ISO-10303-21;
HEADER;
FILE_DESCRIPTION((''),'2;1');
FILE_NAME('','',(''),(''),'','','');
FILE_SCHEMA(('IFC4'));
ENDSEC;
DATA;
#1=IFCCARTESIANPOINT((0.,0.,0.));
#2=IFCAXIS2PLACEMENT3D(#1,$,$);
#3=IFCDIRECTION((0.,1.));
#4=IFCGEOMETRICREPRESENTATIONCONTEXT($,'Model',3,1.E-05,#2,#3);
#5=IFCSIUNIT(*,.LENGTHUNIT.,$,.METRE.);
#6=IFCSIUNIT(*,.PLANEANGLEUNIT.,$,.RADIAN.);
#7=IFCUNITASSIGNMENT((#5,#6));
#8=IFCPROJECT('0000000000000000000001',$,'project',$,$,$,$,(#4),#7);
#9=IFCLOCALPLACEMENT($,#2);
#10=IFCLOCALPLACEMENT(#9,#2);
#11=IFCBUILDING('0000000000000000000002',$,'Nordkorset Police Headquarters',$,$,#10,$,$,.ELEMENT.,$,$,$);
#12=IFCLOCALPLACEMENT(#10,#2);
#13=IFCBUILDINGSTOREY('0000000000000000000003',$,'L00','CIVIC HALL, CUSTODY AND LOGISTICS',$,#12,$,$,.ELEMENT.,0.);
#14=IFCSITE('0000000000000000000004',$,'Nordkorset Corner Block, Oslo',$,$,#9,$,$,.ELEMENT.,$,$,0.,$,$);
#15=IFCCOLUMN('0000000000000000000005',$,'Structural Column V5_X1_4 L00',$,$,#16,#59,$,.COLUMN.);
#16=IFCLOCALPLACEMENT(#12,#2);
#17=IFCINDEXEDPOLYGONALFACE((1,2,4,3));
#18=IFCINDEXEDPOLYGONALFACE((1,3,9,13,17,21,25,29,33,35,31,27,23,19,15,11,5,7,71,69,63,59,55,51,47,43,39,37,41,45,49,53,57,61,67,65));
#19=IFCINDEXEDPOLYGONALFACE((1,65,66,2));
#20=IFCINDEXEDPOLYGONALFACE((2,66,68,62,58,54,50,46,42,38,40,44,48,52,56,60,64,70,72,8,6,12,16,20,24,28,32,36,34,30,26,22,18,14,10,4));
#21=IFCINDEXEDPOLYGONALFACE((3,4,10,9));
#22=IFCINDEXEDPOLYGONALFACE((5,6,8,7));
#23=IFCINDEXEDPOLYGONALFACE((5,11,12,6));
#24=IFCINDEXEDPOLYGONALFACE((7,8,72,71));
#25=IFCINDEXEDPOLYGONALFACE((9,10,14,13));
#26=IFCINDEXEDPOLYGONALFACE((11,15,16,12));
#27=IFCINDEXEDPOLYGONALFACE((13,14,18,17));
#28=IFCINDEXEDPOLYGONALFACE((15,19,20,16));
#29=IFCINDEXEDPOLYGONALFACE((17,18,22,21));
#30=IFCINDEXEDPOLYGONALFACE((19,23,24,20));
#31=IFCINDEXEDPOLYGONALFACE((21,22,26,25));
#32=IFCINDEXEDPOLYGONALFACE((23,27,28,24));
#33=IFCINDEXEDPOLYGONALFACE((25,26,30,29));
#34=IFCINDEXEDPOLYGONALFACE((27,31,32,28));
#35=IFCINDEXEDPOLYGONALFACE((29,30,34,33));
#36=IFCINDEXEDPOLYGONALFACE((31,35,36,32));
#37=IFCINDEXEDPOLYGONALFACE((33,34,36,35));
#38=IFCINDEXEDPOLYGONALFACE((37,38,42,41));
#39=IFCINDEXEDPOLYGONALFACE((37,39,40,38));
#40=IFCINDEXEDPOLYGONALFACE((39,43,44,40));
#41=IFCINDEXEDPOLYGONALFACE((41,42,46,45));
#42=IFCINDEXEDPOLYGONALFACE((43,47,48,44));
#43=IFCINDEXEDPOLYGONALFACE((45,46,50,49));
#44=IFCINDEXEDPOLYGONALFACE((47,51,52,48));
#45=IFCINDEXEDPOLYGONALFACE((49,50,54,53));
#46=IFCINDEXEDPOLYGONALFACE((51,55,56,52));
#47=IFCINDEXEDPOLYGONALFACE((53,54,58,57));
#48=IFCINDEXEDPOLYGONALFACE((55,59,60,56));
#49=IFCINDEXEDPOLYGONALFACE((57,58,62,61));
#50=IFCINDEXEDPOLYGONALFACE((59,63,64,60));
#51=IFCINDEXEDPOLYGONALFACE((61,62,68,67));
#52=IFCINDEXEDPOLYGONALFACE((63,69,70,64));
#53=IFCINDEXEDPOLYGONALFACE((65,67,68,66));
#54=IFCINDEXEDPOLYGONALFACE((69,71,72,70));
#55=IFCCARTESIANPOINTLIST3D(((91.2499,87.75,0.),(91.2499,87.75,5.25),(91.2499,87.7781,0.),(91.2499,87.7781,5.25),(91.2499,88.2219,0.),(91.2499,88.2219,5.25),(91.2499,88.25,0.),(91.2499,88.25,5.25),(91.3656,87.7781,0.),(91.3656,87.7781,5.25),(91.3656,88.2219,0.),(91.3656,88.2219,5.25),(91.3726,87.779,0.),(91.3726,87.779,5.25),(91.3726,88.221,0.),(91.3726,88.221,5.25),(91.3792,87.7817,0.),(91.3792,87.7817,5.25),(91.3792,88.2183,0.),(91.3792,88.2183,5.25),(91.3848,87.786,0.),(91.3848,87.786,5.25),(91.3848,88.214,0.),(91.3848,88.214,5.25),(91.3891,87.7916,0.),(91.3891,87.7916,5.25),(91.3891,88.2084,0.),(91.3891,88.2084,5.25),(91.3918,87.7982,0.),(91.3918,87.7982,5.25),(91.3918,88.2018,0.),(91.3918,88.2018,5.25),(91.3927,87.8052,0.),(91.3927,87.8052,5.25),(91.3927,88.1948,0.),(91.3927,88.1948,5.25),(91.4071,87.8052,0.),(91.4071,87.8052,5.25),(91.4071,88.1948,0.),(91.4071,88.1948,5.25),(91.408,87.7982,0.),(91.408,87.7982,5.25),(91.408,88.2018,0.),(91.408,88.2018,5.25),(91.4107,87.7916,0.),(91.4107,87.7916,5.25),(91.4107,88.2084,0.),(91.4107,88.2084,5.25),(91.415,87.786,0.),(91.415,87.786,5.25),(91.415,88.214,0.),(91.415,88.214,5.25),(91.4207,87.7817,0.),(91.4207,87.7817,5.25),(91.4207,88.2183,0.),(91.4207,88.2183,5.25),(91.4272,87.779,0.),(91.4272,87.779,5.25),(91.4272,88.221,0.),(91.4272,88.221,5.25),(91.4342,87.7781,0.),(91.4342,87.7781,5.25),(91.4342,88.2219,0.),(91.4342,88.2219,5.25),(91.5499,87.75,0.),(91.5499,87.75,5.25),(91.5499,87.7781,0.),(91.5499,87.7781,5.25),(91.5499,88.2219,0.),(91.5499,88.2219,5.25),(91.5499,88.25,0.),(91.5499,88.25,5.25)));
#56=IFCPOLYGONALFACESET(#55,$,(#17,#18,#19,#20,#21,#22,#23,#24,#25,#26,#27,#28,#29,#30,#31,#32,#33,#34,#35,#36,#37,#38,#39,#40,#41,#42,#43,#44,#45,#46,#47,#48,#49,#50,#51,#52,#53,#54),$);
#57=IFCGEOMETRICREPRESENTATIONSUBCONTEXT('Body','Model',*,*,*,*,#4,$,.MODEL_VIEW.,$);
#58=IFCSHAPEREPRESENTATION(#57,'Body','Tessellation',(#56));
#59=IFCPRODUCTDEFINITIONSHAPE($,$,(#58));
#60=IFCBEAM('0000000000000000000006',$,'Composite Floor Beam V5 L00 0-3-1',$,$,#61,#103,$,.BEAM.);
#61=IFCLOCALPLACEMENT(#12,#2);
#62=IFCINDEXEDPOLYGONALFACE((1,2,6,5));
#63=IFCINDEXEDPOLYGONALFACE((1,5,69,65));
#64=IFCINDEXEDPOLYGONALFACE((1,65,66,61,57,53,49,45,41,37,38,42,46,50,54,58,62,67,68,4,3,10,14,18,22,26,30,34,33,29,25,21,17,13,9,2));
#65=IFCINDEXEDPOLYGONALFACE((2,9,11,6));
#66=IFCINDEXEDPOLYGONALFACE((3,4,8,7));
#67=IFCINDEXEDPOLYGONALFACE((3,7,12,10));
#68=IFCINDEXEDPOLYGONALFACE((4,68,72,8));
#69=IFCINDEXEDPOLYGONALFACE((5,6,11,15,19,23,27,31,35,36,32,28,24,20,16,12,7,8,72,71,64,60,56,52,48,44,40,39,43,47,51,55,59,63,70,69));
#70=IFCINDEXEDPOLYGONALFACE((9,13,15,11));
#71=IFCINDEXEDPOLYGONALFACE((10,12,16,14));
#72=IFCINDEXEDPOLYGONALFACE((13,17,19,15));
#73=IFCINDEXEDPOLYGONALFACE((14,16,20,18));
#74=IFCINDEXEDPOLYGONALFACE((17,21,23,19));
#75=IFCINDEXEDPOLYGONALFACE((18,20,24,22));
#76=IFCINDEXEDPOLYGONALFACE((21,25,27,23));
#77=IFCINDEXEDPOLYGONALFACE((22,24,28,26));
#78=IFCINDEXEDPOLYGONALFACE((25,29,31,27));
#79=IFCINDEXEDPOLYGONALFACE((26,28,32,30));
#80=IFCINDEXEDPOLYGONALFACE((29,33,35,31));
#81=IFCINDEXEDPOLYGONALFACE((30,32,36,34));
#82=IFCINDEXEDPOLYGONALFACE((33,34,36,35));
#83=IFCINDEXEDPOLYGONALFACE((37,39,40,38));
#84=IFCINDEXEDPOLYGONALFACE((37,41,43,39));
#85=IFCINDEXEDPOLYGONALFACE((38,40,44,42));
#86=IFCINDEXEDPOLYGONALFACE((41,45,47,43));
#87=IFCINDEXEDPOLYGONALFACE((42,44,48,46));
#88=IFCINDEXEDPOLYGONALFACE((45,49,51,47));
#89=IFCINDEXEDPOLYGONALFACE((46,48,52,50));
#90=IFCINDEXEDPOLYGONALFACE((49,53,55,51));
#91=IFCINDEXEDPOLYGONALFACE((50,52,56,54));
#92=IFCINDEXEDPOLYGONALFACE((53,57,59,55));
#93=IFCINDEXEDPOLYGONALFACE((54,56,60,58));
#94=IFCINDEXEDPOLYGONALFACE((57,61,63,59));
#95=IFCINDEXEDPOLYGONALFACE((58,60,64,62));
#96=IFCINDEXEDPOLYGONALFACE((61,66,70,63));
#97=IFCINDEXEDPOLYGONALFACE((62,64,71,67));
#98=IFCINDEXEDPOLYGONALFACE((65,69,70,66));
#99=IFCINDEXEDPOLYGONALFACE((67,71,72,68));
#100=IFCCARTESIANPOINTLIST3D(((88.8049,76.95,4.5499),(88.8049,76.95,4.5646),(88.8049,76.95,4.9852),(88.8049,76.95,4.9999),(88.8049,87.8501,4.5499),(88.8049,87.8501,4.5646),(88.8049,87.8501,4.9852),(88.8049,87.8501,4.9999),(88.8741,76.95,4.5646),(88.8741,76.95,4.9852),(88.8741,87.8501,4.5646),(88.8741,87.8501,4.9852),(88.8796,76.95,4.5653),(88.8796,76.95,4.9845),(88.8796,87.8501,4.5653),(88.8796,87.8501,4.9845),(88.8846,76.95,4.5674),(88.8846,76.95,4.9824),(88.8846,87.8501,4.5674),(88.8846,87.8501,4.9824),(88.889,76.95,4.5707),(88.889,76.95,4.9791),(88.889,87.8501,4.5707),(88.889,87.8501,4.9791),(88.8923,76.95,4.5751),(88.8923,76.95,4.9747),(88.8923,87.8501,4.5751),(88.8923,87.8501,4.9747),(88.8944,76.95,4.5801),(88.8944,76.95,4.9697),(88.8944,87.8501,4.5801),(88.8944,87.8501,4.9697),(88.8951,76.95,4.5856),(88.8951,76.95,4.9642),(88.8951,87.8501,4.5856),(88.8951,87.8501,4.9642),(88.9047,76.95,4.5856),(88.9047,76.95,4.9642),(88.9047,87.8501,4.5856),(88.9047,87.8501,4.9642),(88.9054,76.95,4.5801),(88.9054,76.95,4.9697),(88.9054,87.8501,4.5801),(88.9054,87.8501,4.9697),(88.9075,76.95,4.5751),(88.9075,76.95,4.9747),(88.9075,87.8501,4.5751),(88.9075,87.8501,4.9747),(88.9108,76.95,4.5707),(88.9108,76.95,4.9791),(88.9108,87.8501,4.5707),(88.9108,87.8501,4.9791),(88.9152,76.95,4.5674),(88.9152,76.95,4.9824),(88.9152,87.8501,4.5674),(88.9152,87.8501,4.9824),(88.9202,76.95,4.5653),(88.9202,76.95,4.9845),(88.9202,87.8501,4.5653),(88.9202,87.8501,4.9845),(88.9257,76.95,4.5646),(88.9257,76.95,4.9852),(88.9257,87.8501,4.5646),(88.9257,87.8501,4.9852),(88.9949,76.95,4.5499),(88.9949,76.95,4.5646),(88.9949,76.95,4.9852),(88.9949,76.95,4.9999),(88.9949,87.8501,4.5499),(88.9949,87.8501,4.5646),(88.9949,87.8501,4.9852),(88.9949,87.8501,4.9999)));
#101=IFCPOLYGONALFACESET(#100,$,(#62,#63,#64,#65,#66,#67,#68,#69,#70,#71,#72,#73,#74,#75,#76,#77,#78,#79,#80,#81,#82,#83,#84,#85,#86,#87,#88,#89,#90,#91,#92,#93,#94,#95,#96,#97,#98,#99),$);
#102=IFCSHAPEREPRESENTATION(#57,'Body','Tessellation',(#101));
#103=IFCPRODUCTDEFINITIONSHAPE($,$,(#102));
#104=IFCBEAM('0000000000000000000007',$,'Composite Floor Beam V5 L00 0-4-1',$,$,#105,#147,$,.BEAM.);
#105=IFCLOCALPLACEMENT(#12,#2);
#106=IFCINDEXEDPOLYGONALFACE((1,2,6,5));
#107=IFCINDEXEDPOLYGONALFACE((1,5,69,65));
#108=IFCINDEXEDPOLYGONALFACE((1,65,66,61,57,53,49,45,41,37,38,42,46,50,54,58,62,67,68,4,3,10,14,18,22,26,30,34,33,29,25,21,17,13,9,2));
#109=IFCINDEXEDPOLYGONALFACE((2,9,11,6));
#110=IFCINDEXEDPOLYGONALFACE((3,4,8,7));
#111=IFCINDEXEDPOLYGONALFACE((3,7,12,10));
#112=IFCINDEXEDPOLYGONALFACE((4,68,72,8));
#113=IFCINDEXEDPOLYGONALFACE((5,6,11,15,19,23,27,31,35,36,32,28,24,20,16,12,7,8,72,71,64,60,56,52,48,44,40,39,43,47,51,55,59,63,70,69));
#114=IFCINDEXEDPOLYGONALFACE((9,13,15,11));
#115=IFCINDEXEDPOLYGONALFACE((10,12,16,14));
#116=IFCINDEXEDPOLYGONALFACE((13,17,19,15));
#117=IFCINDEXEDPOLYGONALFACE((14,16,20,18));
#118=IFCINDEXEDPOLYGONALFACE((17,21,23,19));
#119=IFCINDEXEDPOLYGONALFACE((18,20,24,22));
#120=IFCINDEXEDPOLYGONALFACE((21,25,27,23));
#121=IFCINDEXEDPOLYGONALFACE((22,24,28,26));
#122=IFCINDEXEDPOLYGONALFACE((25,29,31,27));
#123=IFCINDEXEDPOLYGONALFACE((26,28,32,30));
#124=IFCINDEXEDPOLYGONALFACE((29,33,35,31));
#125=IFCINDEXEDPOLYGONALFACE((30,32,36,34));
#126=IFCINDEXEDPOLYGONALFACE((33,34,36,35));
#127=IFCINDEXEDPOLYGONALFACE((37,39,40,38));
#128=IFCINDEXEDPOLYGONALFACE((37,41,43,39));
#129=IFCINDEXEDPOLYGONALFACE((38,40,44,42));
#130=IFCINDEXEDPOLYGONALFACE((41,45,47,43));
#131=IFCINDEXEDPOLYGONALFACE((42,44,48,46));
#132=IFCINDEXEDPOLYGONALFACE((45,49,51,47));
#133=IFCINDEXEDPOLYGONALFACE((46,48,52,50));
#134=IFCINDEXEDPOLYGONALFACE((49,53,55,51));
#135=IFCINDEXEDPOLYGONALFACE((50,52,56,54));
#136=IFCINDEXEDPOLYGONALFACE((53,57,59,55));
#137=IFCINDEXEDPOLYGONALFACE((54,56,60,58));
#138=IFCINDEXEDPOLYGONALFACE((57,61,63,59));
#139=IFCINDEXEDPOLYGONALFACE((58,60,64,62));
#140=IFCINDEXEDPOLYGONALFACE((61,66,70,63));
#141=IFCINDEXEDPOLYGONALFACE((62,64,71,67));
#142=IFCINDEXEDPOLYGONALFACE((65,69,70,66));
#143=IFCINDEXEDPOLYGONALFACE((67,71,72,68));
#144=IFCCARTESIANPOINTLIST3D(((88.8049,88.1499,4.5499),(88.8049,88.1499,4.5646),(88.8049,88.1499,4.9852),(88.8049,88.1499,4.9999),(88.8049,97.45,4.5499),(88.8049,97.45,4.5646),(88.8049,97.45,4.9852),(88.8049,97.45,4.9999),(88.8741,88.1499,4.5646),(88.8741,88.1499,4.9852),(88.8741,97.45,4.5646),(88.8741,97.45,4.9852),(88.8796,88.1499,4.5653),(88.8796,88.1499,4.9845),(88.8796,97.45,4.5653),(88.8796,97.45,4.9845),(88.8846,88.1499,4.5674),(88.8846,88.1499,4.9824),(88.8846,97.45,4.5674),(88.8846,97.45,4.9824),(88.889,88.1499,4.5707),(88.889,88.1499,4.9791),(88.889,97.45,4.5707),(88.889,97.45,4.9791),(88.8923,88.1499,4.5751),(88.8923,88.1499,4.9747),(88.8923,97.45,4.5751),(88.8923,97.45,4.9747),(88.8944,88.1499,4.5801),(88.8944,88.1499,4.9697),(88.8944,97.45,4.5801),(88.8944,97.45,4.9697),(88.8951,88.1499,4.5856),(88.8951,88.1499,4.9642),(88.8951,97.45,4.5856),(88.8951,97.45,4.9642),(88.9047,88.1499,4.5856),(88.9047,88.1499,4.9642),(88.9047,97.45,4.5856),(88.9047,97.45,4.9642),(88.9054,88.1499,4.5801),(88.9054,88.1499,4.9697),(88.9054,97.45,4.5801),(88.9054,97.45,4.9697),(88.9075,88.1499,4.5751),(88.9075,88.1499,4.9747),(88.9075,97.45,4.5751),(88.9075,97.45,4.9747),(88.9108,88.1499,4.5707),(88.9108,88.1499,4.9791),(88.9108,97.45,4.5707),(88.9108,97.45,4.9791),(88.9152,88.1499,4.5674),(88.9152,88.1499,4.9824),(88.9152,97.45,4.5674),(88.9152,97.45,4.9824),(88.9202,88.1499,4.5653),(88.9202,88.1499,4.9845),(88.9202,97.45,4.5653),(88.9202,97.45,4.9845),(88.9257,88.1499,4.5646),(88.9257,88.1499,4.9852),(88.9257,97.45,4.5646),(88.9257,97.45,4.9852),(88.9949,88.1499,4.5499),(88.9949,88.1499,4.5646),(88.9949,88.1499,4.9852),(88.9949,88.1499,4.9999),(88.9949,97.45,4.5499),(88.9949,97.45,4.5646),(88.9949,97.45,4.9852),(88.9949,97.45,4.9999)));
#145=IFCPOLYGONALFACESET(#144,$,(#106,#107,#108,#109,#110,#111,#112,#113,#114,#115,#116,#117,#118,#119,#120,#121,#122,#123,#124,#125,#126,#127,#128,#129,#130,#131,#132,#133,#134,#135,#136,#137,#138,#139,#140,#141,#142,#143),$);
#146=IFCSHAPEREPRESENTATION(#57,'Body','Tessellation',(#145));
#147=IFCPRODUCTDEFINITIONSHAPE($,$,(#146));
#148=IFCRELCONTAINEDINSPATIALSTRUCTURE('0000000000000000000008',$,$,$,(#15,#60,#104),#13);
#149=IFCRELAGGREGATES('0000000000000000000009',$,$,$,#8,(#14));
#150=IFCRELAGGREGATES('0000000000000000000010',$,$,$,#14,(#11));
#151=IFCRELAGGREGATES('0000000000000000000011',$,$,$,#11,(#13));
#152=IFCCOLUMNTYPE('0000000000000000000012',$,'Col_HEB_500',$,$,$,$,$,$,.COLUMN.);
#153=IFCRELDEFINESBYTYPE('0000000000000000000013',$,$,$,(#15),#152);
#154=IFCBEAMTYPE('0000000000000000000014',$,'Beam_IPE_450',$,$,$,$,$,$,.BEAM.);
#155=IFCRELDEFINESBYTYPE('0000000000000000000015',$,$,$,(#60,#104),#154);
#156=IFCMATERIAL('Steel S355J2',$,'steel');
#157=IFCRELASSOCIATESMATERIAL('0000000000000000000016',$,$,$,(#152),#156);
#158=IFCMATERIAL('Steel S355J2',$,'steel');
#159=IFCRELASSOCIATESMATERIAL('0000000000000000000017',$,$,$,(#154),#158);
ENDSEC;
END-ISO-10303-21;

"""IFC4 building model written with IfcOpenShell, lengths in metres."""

from ifc_helpers import new_model, si_unit, direction, frame, origin, origin_2d, place, context, subcontext, project, spatial, i_section, extrude, material, material_profile, profile_set, type_object, element, save


model = new_model("IFC4")

# Units and contexts
model_context = context("Model", 3, precision=1e-05, world=origin(), true_north=direction((0.0, 1.0)))
body_context = subcontext(model_context, "Body", "Model", "MODEL_VIEW")
ifc_project = project(units=[si_unit("LENGTHUNIT", "METRE"), si_unit("PLANEANGLEUNIT", "RADIAN")], contexts=[model_context])

# Site, building, storey
site_placement = place(None, origin())
site = spatial("IfcSite", under=ifc_project, at=site_placement, Name="Nordkorset Corner Block, Oslo", CompositionType="ELEMENT", RefElevation=0.0)
building_placement = place(site_placement, origin())
building = spatial("IfcBuilding", under=site, at=building_placement, Name="Nordkorset Police Headquarters", CompositionType="ELEMENT")
storey_placement = place(building_placement, origin())
storey = spatial("IfcBuildingStorey", under=building, at=storey_placement, Name="L00", Description="CIVIC HALL, CUSTODY AND LOGISTICS", CompositionType="ELEMENT", Elevation=0.0)

# Column
ifc_material_1 = material(Name="Steel S355J2", Category="steel")
ifc_material_profile_1 = material_profile(ifc_material_1, i_section(OverallWidth=0.3, OverallDepth=0.5, WebThickness=0.0144, FlangeThickness=0.0281, FilletRadius=0.0271, at=origin_2d()), Name="HEB 500")
ifc_profile_set_1 = profile_set([ifc_material_profile_1], Name="Steel S355J2")
column_type = type_object("IfcColumnType", Name="Col_HEB_500", PredefinedType="COLUMN", material=ifc_profile_set_1)
for number, where, z_axis, x_axis, name in (
    (1, (91.3999, 88.0, 0.0), (0.0, 0.0, 1.0), (1.0, 0.0, 0.0), "Structural Column V5_X1_4 L00"),
):
    element("IfcColumn", number, at=place(storey_placement, frame(where, z_axis=z_axis, x_axis=x_axis)), inside=storey, type_object=column_type, Name=name, PredefinedType="COLUMN", context=body_context, shape_type="SweptSolid", body=[
        extrude(i_section(OverallWidth=0.3, OverallDepth=0.5, WebThickness=0.0144, FlangeThickness=0.0281, FilletRadius=0.0271, at=origin_2d()), origin(), (0.0, 0.0, 1.0), 5.25),
    ])

# Beams
ifc_material_2 = material(Name="Steel S355J2", Category="steel")
ifc_material_profile_2 = material_profile(ifc_material_2, i_section(OverallWidth=0.1899, OverallDepth=0.45, WebThickness=0.0095, FlangeThickness=0.0146, FilletRadius=0.021, at=origin_2d()), Name="IPE 450")
ifc_profile_set_2 = profile_set([ifc_material_profile_2], Name="Steel S355J2")
beam_type_1 = type_object("IfcBeamType", Name="Beam_IPE_450", PredefinedType="BEAM", material=ifc_profile_set_2)
beam_1_placement = place(storey_placement, frame((88.8999, 76.95, 4.7749), z_axis=(0.0, 1.0, 0.0), x_axis=(-1.0, 0.0, 0.0)))
element("IfcBeam", 2, at=beam_1_placement, inside=storey, type_object=beam_type_1, Name="Composite Floor Beam V5 L00 0-3-1", PredefinedType="BEAM", context=body_context, shape_type="SweptSolid", body=[
    extrude(i_section(OverallWidth=0.1899, OverallDepth=0.45, WebThickness=0.0095, FlangeThickness=0.0146, FilletRadius=0.021, at=origin_2d()), origin(), (0.0, 0.0, 1.0), 10.9001),
])
beam_2_placement = place(storey_placement, frame((88.8999, 88.1499, 4.7749), z_axis=(0.0, 1.0, 0.0), x_axis=(-1.0, 0.0, 0.0)))
element("IfcBeam", 3, at=beam_2_placement, inside=storey, type_object=beam_type_1, Name="Composite Floor Beam V5 L00 0-4-1", PredefinedType="BEAM", context=body_context, shape_type="SweptSolid", body=[
    extrude(i_section(OverallWidth=0.1899, OverallDepth=0.45, WebThickness=0.0095, FlangeThickness=0.0146, FilletRadius=0.021, at=origin_2d()), origin(), (0.0, 0.0, 1.0), 9.3),
])

save(model, "model.ifc")
